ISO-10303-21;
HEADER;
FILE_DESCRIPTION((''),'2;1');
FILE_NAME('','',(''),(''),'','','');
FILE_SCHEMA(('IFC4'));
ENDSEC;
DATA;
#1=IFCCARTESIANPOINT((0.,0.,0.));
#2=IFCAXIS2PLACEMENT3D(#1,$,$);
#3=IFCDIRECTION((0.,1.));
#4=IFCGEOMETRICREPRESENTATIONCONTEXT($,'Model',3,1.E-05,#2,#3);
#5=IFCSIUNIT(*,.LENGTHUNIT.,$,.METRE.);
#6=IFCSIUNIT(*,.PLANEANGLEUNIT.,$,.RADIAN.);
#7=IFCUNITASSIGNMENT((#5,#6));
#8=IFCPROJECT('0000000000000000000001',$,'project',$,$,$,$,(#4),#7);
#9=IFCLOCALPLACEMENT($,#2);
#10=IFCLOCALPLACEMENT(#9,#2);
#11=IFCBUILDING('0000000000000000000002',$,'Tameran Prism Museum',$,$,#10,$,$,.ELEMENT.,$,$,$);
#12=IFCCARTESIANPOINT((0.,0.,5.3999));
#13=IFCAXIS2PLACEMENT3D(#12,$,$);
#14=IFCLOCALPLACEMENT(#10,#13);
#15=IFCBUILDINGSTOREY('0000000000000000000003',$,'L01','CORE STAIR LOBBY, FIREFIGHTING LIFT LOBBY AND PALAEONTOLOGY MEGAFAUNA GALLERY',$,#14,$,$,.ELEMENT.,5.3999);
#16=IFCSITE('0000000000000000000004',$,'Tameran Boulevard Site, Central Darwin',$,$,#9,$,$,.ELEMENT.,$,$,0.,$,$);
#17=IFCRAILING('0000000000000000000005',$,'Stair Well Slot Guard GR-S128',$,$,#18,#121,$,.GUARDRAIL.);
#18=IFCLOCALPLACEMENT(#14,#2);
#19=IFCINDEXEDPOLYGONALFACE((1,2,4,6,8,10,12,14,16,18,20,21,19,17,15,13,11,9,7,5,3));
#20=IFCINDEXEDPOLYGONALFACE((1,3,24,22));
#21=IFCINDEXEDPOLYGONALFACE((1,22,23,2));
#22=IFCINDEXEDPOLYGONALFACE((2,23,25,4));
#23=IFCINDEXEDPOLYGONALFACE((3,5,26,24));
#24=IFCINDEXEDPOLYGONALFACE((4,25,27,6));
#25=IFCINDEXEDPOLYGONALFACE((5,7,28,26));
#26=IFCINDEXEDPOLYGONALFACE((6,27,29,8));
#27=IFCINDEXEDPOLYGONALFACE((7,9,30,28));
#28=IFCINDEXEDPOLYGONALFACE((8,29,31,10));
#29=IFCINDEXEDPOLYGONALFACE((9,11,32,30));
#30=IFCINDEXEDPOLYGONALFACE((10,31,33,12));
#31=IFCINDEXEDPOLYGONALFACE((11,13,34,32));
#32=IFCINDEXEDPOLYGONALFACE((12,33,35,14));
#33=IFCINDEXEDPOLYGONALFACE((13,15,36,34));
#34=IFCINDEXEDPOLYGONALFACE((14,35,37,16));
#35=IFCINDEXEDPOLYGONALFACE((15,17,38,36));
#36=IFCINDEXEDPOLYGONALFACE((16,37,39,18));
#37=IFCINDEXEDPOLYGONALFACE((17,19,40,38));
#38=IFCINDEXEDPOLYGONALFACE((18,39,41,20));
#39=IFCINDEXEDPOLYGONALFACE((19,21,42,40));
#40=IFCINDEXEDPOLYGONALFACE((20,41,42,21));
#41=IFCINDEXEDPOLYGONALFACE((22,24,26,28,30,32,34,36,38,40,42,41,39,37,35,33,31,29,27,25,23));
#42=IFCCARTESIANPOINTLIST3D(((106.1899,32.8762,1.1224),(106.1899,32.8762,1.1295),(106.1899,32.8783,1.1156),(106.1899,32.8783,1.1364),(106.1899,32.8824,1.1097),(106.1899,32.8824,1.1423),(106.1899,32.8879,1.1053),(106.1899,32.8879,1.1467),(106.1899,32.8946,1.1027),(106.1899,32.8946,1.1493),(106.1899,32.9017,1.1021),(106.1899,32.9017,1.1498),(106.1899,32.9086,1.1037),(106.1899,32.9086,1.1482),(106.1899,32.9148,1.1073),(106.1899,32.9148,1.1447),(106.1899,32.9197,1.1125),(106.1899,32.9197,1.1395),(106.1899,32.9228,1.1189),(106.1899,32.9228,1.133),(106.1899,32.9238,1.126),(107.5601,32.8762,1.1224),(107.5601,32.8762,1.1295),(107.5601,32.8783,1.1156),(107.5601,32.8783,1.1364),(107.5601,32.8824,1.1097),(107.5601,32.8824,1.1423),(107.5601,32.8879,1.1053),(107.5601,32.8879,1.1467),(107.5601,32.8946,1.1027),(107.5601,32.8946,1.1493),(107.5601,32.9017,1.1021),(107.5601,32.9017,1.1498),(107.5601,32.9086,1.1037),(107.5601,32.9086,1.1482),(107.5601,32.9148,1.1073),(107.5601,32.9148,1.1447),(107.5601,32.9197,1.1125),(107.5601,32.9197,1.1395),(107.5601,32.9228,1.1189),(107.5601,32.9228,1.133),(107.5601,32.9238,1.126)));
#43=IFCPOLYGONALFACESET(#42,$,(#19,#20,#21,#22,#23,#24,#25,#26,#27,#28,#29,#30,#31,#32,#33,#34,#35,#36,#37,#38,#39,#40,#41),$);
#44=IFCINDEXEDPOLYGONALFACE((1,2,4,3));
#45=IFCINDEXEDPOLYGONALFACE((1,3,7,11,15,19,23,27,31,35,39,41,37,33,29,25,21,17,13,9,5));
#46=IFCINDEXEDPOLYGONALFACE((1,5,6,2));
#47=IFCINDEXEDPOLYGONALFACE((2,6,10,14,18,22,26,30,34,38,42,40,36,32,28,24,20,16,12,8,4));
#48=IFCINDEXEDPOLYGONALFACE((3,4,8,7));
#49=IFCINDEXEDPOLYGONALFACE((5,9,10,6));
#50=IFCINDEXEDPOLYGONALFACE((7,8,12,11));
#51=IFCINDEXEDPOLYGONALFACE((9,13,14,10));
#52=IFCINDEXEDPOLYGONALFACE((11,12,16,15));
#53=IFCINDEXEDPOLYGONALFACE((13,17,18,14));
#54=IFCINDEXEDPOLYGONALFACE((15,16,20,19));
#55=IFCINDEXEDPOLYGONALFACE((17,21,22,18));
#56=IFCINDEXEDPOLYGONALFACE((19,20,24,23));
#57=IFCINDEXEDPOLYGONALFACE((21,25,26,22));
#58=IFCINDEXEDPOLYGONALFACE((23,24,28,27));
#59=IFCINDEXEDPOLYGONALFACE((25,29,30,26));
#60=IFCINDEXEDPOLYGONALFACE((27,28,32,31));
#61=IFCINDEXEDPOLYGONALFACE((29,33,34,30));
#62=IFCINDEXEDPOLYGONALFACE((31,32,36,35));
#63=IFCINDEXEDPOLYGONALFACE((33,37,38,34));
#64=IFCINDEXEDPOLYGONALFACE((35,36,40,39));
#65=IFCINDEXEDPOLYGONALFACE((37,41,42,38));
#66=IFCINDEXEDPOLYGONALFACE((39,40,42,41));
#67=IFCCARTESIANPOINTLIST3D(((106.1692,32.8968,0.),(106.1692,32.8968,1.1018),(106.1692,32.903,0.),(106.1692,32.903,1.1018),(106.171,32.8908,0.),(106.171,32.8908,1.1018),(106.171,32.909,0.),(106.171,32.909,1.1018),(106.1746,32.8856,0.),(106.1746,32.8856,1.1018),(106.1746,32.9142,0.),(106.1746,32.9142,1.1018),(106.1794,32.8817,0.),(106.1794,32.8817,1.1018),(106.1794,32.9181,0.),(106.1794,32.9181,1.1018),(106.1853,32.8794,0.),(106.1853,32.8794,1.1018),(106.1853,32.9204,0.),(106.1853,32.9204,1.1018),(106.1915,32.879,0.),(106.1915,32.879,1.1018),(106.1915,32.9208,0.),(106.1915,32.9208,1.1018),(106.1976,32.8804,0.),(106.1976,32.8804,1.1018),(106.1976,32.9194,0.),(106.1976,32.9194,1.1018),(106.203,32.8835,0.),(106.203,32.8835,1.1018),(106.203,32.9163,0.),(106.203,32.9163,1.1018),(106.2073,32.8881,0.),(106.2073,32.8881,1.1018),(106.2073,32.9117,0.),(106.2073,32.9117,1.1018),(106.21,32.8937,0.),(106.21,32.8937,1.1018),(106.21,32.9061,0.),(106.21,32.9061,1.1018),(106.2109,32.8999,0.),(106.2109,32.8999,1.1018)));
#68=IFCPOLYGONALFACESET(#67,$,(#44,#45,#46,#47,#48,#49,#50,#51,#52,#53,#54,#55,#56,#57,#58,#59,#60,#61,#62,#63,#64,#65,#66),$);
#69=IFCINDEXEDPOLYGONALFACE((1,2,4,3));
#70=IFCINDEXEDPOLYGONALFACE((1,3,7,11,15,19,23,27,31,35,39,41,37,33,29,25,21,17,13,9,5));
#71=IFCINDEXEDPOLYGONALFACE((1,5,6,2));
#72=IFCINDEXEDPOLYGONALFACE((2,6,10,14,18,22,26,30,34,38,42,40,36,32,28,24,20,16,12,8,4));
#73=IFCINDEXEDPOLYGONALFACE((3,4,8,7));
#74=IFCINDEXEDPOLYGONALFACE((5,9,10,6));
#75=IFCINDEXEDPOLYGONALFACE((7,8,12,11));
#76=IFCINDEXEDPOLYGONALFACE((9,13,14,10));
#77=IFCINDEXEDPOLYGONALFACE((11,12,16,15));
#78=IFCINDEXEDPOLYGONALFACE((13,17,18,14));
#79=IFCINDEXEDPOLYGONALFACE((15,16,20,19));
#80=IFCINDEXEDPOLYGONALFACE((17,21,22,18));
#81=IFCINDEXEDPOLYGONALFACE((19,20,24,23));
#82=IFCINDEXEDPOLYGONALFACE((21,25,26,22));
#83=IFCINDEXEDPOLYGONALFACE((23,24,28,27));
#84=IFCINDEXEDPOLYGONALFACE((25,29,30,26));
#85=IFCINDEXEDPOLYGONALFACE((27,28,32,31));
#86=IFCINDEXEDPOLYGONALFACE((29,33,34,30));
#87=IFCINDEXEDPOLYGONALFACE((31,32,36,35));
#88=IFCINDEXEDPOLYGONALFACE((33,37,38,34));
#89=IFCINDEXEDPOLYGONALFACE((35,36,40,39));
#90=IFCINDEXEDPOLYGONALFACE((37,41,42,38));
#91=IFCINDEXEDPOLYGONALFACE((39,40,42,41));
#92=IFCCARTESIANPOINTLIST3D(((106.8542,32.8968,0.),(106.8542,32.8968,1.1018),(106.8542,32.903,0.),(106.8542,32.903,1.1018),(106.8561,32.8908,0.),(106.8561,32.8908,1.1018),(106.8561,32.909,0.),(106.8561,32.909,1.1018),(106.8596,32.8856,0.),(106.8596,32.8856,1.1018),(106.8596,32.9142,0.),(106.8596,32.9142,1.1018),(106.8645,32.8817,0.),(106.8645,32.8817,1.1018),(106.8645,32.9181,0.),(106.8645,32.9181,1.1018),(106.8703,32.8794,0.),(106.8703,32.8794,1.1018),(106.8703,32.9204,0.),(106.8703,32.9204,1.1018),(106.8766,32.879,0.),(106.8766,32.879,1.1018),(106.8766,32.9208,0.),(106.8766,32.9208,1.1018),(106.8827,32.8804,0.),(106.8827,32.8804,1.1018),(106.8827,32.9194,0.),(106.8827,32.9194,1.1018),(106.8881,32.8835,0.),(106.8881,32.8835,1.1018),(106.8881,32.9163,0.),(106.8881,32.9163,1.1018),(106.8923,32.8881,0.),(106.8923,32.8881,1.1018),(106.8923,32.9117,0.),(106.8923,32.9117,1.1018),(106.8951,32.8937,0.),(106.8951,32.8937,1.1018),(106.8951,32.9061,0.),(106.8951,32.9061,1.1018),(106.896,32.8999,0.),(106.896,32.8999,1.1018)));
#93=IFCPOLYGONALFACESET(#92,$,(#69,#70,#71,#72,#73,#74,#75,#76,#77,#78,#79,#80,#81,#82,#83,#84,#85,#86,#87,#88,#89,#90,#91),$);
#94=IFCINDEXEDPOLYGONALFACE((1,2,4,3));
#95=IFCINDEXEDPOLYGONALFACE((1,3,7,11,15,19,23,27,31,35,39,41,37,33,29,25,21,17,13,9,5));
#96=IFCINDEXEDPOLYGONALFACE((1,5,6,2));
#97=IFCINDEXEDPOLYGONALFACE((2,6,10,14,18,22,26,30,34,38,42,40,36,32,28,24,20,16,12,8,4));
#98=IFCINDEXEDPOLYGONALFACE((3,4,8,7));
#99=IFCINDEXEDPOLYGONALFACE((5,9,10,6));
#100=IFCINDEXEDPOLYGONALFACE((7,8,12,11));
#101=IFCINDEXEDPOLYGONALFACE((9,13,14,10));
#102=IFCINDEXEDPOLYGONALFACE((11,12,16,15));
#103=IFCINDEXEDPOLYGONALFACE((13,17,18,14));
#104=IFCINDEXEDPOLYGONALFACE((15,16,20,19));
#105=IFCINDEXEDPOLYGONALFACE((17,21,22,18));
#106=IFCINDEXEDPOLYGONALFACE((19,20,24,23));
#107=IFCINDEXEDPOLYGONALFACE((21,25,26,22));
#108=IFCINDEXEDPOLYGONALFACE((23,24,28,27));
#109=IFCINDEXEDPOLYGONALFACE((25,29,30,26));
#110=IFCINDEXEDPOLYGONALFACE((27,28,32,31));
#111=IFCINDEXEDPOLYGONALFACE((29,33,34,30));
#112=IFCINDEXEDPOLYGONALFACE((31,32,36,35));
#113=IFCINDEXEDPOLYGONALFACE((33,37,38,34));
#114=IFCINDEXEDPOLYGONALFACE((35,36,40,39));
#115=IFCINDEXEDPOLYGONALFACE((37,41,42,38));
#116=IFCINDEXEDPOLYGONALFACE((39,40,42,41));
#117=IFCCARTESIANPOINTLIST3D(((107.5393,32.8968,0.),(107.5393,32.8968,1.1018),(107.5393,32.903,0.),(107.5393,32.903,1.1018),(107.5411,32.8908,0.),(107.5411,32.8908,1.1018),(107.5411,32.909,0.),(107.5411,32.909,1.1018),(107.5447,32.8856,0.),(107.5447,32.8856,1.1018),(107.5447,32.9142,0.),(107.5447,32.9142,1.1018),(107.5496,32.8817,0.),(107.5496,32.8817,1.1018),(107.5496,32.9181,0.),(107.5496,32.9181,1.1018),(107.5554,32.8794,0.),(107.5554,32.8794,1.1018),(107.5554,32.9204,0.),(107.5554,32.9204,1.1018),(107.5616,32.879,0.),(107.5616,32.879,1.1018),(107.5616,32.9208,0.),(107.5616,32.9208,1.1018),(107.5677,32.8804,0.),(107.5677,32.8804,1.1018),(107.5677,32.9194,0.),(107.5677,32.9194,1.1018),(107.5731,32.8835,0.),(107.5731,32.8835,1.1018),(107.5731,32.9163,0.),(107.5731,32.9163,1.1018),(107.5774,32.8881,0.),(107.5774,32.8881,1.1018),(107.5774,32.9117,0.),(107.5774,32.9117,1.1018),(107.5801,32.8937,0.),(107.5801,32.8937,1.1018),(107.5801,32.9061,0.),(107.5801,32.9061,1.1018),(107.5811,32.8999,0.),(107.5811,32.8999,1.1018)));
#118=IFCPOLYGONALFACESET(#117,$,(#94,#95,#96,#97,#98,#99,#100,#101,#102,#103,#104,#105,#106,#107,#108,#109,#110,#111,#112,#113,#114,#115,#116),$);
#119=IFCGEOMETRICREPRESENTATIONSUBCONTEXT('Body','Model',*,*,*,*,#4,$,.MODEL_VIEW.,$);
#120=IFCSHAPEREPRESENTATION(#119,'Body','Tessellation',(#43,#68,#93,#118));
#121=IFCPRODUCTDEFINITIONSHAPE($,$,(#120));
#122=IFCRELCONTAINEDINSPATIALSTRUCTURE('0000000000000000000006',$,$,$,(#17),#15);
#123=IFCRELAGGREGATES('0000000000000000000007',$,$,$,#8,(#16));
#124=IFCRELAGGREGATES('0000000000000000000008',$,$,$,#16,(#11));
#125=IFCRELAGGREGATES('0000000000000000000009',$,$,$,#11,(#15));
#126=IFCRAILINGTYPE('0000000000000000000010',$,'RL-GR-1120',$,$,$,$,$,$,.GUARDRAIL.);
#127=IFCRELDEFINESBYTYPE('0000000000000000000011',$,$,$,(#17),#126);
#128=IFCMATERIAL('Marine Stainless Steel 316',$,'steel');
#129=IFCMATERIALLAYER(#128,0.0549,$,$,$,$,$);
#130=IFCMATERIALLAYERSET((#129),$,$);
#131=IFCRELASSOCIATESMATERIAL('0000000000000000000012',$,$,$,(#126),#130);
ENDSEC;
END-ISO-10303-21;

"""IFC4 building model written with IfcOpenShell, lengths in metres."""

from ifc_helpers import new_model, si_unit, direction, frame, origin, origin_2d, place, context, subcontext, project, spatial, circle, extrude, material, layer, layer_set, type_object, element, save


model = new_model("IFC4")

# Units and contexts
model_context = context("Model", 3, precision=1e-05, world=origin(), true_north=direction((0.0, 1.0)))
body_context = subcontext(model_context, "Body", "Model", "MODEL_VIEW")
ifc_project = project(units=[si_unit("LENGTHUNIT", "METRE"), si_unit("PLANEANGLEUNIT", "RADIAN")], contexts=[model_context])

# Site, building, storey
site_placement = place(None, origin())
site = spatial("IfcSite", under=ifc_project, at=site_placement, Name="Tameran Boulevard Site, Central Darwin", CompositionType="ELEMENT", RefElevation=0.0)
building_placement = place(site_placement, origin())
building = spatial("IfcBuilding", under=site, at=building_placement, Name="Tameran Prism Museum", CompositionType="ELEMENT")
storey_placement = place(building_placement, frame((0.0, 0.0, 5.3999)))
storey = spatial("IfcBuildingStorey", under=building, at=storey_placement, Name="L01", Description="CORE STAIR LOBBY, FIREFIGHTING LIFT LOBBY AND PALAEONTOLOGY MEGAFAUNA GALLERY", CompositionType="ELEMENT", Elevation=5.3999)

# Railing
ifc_material_1 = material(Name="Marine Stainless Steel 316", Category="steel")
ifc_layer_1 = layer(ifc_material_1, 0.0549)
ifc_layer_set_1 = layer_set([ifc_layer_1])
railing_type_1 = type_object("IfcRailingType", Name="RL-GR-1120", PredefinedType="GUARDRAIL", material=ifc_layer_set_1)
railing_1_placement = place(storey_placement, frame((106.1899, 32.8999, 0.0)))
element("IfcRailing", 1, at=railing_1_placement, inside=storey, type_object=railing_type_1, Name="Stair Well Slot Guard GR-S128", PredefinedType="GUARDRAIL", context=body_context, shape_type="SweptSolid", body=[
    extrude(circle(Radius=0.0239, at=origin_2d()), frame((0.0, 0.0, 1.126), z_axis=(1.0, 0.0, 0.0), x_axis=(0.0, 1.0, 0.0)), (0.0, 0.0, 1.0), 1.3701),
    extrude(circle(Radius=0.021, at=origin_2d()), origin(), (0.0, 0.0, 1.0), 1.1018),
    extrude(circle(Radius=0.021, at=origin_2d()), frame((0.6851, 0.0, 0.0)), (0.0, 0.0, 1.0), 1.1018),
    extrude(circle(Radius=0.021, at=origin_2d()), frame((1.3701, 0.0, 0.0)), (0.0, 0.0, 1.0), 1.1018),
])

save(model, "model.ifc")
